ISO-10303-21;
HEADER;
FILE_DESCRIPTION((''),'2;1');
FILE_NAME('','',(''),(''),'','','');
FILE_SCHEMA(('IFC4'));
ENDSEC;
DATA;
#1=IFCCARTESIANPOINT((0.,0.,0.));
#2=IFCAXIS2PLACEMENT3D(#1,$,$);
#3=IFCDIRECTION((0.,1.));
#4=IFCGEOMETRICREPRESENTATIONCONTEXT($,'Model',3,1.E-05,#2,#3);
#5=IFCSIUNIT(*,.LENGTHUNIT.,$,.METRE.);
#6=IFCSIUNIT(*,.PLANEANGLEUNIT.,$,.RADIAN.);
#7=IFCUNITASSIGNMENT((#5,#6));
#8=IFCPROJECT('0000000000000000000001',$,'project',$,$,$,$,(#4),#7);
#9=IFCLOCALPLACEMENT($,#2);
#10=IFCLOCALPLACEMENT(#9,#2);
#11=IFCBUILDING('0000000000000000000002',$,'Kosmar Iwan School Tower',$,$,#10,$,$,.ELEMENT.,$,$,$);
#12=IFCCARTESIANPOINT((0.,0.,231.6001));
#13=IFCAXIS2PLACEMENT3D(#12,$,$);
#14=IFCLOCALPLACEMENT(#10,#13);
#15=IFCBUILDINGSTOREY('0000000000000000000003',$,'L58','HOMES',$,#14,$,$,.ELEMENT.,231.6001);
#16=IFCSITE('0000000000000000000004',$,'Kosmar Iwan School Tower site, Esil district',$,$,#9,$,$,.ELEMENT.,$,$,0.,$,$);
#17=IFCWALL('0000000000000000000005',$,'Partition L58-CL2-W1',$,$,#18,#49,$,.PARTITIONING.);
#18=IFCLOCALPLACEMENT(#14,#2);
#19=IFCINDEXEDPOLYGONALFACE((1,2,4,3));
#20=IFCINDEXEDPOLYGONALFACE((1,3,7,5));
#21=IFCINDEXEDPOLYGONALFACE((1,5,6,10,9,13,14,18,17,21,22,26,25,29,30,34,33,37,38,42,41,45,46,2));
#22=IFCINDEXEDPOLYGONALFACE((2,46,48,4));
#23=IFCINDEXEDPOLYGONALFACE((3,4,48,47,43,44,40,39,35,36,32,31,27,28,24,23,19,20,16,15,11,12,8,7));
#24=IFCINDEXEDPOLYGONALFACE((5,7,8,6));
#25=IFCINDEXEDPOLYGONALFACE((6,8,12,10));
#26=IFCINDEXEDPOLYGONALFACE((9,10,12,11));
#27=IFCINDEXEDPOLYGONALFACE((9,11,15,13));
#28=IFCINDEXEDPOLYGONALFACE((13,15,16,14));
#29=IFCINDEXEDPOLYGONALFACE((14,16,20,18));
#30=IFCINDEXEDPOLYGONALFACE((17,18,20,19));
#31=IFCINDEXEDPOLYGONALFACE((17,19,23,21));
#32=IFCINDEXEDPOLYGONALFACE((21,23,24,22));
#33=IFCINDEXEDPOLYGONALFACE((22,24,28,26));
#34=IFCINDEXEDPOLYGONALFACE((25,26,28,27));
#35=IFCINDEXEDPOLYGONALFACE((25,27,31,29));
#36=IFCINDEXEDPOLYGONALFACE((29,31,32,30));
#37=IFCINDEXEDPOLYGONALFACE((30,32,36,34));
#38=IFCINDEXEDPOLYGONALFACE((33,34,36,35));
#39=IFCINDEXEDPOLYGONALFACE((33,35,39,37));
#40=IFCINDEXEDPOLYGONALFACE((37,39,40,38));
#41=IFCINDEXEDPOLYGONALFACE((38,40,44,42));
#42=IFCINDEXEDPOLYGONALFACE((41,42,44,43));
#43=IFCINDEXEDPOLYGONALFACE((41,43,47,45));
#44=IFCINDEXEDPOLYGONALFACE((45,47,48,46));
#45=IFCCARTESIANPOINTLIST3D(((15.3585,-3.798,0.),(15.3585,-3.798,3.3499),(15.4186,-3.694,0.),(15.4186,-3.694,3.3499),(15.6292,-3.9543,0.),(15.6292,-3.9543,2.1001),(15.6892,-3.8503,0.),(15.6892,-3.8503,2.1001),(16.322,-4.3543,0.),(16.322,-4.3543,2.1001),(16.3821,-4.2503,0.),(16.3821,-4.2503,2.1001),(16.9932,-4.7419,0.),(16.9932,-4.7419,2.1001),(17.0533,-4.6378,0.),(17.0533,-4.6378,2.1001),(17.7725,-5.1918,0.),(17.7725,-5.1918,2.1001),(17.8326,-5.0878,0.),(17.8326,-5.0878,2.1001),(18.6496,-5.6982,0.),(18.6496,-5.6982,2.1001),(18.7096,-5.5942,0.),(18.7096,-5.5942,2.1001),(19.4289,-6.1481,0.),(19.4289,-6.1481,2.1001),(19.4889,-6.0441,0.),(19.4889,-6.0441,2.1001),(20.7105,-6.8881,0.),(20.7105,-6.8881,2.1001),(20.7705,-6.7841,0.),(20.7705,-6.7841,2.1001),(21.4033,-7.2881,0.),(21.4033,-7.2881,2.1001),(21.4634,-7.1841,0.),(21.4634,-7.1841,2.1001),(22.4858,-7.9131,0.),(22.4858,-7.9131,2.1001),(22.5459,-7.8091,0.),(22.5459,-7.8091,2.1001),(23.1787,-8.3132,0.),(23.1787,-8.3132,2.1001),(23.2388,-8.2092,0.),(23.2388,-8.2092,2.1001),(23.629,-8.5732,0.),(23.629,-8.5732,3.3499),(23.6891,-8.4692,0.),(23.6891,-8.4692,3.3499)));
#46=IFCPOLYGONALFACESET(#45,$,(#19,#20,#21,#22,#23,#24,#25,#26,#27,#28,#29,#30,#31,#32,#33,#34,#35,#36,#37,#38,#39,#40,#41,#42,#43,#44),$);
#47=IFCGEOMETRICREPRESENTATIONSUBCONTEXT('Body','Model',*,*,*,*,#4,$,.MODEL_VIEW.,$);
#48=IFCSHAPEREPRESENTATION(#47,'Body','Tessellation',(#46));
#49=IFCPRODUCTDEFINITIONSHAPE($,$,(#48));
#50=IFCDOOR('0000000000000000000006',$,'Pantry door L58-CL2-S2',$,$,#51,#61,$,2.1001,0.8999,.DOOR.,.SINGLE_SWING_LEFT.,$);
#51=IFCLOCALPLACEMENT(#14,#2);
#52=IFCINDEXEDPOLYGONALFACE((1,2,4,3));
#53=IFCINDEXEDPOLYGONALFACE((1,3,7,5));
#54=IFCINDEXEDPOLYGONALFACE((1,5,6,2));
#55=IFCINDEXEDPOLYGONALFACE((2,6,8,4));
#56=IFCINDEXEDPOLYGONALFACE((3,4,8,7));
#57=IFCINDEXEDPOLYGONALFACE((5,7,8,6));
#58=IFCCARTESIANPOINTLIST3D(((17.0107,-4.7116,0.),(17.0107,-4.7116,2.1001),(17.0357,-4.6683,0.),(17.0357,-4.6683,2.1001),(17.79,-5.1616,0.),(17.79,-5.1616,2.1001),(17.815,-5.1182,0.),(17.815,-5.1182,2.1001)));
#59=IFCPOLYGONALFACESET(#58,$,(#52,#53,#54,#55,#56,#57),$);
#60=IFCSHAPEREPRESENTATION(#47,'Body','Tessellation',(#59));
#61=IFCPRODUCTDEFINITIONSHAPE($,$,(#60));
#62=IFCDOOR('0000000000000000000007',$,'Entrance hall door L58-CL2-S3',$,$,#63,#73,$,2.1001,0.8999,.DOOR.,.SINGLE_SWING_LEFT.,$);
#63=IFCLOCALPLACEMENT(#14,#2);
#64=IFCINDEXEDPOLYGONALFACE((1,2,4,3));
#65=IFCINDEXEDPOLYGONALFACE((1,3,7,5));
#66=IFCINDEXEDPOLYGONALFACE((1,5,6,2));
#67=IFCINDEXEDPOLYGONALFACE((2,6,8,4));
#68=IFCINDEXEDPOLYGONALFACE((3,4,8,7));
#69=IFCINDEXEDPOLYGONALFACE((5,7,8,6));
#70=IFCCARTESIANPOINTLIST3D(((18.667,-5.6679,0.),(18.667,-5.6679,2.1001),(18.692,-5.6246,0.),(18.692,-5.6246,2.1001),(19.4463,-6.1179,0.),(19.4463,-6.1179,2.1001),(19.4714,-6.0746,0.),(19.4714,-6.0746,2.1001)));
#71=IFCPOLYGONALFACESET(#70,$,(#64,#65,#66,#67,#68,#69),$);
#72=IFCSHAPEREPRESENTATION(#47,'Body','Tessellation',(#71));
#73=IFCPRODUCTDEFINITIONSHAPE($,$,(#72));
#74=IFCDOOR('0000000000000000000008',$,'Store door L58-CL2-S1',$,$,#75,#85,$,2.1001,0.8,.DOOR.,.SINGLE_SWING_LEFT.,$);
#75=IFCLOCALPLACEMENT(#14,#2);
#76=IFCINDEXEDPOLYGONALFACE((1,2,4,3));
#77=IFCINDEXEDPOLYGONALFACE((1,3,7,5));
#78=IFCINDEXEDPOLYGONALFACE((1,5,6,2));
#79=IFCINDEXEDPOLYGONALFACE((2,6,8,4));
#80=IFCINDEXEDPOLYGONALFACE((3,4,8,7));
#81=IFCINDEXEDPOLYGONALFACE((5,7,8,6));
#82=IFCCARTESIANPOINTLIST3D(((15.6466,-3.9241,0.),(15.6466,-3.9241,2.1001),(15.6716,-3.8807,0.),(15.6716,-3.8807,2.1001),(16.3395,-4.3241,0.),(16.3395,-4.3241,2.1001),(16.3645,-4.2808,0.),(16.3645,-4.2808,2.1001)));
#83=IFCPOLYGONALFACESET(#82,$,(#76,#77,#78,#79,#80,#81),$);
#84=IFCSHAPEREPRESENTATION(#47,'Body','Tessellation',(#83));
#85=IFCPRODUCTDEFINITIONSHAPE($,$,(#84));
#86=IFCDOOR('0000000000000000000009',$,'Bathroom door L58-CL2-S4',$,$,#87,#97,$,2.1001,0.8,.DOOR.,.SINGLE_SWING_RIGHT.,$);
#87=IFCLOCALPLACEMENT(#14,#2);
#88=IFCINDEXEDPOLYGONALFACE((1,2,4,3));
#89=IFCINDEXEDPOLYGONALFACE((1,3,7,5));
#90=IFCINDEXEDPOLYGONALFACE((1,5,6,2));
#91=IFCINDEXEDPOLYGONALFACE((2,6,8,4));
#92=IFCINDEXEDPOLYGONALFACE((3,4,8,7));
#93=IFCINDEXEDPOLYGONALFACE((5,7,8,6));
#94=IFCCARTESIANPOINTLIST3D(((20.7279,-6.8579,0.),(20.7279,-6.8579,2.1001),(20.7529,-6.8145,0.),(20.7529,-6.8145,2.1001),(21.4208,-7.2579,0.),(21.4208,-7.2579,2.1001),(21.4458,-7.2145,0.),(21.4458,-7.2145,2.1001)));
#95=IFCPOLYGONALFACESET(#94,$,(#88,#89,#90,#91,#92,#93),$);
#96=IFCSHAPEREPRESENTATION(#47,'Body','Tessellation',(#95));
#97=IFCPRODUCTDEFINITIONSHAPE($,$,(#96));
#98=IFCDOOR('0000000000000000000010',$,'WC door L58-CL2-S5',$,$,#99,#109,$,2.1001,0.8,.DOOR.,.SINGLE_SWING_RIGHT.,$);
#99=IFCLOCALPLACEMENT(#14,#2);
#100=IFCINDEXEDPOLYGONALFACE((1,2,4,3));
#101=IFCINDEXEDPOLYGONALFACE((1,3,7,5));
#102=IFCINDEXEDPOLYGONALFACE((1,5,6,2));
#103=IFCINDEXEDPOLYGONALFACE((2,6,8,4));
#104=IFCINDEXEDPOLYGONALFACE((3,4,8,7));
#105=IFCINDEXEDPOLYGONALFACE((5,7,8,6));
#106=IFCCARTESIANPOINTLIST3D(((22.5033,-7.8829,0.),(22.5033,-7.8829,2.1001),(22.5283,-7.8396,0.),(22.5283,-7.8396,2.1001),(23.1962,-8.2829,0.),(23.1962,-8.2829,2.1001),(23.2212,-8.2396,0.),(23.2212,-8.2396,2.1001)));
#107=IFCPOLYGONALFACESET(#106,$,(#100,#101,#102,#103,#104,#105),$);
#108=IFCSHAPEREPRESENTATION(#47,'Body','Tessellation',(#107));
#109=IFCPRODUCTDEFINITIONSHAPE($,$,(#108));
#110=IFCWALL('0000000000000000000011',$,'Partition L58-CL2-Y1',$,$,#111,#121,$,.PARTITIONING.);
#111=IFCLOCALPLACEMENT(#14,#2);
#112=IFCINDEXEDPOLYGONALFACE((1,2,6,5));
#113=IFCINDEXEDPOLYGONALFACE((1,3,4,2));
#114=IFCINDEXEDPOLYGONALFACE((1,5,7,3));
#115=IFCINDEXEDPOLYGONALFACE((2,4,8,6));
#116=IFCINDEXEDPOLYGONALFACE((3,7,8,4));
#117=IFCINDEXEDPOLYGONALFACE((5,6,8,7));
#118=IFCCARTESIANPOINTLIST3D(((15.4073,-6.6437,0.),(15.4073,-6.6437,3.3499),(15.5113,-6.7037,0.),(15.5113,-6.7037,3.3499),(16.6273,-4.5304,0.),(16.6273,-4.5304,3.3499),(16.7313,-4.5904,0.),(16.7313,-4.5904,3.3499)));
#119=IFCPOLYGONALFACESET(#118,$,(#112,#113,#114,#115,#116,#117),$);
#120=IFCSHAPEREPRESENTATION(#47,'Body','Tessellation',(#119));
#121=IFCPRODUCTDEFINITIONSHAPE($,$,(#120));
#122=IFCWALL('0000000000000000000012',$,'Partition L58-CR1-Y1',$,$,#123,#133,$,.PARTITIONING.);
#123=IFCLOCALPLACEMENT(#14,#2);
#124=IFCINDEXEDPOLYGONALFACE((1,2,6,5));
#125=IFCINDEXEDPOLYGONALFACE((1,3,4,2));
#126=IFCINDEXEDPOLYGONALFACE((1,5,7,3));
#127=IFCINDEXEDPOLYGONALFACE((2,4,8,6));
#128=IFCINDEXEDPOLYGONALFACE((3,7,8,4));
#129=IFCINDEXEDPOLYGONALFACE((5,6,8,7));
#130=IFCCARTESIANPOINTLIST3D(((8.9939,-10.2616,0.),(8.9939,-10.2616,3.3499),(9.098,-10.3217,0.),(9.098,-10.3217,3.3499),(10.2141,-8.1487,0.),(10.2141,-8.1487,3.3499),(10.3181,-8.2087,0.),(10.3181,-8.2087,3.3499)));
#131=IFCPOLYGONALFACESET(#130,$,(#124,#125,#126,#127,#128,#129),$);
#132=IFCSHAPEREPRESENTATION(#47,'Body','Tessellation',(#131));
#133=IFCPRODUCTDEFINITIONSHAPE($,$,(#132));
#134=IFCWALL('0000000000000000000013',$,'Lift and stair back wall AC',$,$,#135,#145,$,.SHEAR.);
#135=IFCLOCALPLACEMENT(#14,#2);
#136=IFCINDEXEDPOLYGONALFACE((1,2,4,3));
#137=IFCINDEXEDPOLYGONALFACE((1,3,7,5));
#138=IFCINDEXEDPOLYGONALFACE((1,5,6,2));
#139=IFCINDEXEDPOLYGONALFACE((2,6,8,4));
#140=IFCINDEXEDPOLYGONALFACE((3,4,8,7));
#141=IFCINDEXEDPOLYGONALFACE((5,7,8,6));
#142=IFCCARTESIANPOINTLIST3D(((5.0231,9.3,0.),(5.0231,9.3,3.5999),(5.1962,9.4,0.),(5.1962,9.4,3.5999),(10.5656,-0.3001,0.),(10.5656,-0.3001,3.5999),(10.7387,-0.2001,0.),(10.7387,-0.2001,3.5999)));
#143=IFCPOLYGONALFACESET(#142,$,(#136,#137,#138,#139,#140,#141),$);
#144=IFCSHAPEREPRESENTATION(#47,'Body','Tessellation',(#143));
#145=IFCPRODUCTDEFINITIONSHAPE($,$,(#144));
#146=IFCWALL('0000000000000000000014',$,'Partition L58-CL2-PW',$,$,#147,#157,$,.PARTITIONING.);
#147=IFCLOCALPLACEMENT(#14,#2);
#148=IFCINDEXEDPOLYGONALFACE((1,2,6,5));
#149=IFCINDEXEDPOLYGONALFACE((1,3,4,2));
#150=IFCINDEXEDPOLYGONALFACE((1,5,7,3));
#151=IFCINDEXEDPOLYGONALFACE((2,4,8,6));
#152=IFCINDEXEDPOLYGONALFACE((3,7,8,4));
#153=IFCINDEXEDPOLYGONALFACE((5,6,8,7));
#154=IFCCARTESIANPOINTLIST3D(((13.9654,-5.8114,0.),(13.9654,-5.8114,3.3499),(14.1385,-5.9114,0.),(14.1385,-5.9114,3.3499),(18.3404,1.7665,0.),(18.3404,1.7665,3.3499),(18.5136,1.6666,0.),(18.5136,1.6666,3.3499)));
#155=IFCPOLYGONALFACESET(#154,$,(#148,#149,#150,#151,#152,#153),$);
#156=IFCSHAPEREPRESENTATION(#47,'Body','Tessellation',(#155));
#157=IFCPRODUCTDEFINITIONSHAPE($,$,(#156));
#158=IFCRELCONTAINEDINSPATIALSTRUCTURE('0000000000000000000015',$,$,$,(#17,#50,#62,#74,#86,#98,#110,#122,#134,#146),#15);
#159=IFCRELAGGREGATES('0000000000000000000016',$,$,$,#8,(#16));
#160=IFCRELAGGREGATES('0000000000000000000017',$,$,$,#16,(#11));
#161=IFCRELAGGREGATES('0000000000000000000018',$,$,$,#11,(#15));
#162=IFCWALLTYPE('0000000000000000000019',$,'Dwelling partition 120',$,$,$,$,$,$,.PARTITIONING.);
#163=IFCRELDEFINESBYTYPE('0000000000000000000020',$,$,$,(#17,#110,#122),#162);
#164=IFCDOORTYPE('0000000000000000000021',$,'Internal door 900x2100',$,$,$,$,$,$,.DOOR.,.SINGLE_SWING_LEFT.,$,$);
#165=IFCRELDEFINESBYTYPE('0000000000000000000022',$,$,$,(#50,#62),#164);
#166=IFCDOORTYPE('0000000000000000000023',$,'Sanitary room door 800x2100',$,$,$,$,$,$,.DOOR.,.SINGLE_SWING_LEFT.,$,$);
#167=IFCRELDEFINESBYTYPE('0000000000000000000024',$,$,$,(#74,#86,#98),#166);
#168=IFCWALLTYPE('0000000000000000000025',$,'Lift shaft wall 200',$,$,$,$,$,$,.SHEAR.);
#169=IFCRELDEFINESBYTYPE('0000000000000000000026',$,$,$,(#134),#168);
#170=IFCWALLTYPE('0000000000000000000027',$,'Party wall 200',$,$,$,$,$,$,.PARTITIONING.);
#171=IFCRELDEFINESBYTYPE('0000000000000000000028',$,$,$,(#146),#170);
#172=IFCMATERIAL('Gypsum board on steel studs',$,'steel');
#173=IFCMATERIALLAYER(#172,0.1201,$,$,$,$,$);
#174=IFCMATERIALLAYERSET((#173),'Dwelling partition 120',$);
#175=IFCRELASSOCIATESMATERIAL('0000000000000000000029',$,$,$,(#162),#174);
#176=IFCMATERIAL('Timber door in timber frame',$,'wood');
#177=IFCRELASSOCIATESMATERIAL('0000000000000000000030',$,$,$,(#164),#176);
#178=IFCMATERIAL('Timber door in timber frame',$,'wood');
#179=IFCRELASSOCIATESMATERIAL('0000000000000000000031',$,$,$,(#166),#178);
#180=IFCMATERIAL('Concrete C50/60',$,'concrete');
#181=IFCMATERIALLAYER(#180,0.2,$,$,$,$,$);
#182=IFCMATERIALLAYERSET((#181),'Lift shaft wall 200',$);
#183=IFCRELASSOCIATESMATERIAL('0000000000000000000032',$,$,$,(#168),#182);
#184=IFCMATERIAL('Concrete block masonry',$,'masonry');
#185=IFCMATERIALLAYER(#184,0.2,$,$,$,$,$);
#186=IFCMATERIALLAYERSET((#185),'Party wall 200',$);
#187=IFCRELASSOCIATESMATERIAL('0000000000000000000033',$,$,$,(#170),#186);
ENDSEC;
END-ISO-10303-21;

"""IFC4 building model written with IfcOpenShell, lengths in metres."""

from ifc_helpers import new_model, si_unit, direction, frame, frame_2d, origin, place, context, subcontext, project, spatial, rectangle, extrude, material, layer, layer_set, type_object, element, fill, save


model = new_model("IFC4")

# Units and contexts
model_context = context("Model", 3, precision=1e-05, world=origin(), true_north=direction((0.0, 1.0)))
body_context = subcontext(model_context, "Body", "Model", "MODEL_VIEW")
ifc_project = project(units=[si_unit("LENGTHUNIT", "METRE"), si_unit("PLANEANGLEUNIT", "RADIAN")], contexts=[model_context])

# Site, building, storey
site_placement = place(None, origin())
site = spatial("IfcSite", under=ifc_project, at=site_placement, Name="Kosmar Iwan School Tower site, Esil district", CompositionType="ELEMENT", RefElevation=0.0)
building_placement = place(site_placement, origin())
building = spatial("IfcBuilding", under=site, at=building_placement, Name="Kosmar Iwan School Tower", CompositionType="ELEMENT")
storey_placement = place(building_placement, frame((0.0, 0.0, 231.6001)))
storey = spatial("IfcBuildingStorey", under=building, at=storey_placement, Name="L58", Description="HOMES", CompositionType="ELEMENT", Elevation=231.6001)

# Shared definitions
ifc_material_1 = material(Name="Gypsum board on steel studs", Category="steel")
ifc_layer_1 = layer(ifc_material_1, 0.1201)
ifc_layer_set_1 = layer_set([ifc_layer_1], Name="Dwelling partition 120")
wall_type_1 = type_object("IfcWallType", Name="Dwelling partition 120", PredefinedType="PARTITIONING", material=ifc_layer_set_1)
ifc_material_2 = material(Name="Timber door in timber frame", Category="wood")
door_type_1 = type_object("IfcDoorType", Name="Internal door 900x2100", OperationType="SINGLE_SWING_LEFT", PredefinedType="DOOR", material=ifc_material_2)
ifc_material_3 = material(Name="Timber door in timber frame", Category="wood")
door_type_2 = type_object("IfcDoorType", Name="Sanitary room door 800x2100", OperationType="SINGLE_SWING_LEFT", PredefinedType="DOOR", material=ifc_material_3)

# Wall, openings, doors
wall_1_placement = place(storey_placement, frame((15.3887, -3.7461, 0.0), z_axis=(0.0, 0.0, 1.0), x_axis=(0.866018, -0.500013, 0.0)))
wall_1 = element("IfcWall", 1, at=wall_1_placement, inside=storey, type_object=wall_type_1, Name="Partition L58-CL2-W1", PredefinedType="PARTITIONING", context=body_context, shape_type="SweptSolid", body=[
    extrude(rectangle(XDim=9.55, YDim=0.1201, at=frame_2d((4.7749, 0.0))), origin(), (0.0, 0.0, 1.0), 3.3499),
])
opening_1_placement = place(wall_1_placement, frame((0.3125, 0.0, 0.0)))
opening_1 = element("IfcOpeningElement", 2, at=opening_1_placement, cuts=wall_1, PredefinedType="OPENING", context=body_context, shape_type="SweptSolid", body=[
    extrude(rectangle(XDim=0.8, YDim=2.1001, at=frame_2d((0.3999, 1.05))), frame((0.0, 0.072, 0.0), z_axis=(0.0, -1.0, 0.0), x_axis=(1.0, 0.0, 0.0)), (0.0, 0.0, 1.0), 0.144),
])
opening_2_placement = place(wall_1_placement, frame((1.8875, 0.0, 0.0)))
opening_2 = element("IfcOpeningElement", 3, at=opening_2_placement, cuts=wall_1, PredefinedType="OPENING", context=body_context, shape_type="SweptSolid", body=[
    extrude(rectangle(XDim=0.8999, YDim=2.1001, at=frame_2d((0.45, 1.05))), frame((0.0, 0.072, 0.0), z_axis=(0.0, -1.0, 0.0), x_axis=(1.0, 0.0, 0.0)), (0.0, 0.0, 1.0), 0.144),
])
opening_3_placement = place(wall_1_placement, frame((3.8, 0.0, 0.0)))
opening_3 = element("IfcOpeningElement", 4, at=opening_3_placement, cuts=wall_1, PredefinedType="OPENING", context=body_context, shape_type="SweptSolid", body=[
    extrude(rectangle(XDim=0.8999, YDim=2.1001, at=frame_2d((0.45, 1.05))), frame((0.0, 0.072, 0.0), z_axis=(0.0, -1.0, 0.0), x_axis=(1.0, 0.0, 0.0)), (0.0, 0.0, 1.0), 0.144),
])
opening_4_placement = place(wall_1_placement, frame((6.1799, 0.0, 0.0)))
opening_4 = element("IfcOpeningElement", 5, at=opening_4_placement, cuts=wall_1, PredefinedType="OPENING", context=body_context, shape_type="SweptSolid", body=[
    extrude(rectangle(XDim=0.8, YDim=2.1001, at=frame_2d((0.3999, 1.05))), frame((0.0, 0.072, 0.0), z_axis=(0.0, -1.0, 0.0), x_axis=(1.0, 0.0, 0.0)), (0.0, 0.0, 1.0), 0.144),
])
opening_5_placement = place(wall_1_placement, frame((8.23, 0.0, 0.0)))
opening_5 = element("IfcOpeningElement", 6, at=opening_5_placement, cuts=wall_1, PredefinedType="OPENING", context=body_context, shape_type="SweptSolid", body=[
    extrude(rectangle(XDim=0.8, YDim=2.1001, at=frame_2d((0.3999, 1.05))), frame((0.0, 0.072, 0.0), z_axis=(0.0, -1.0, 0.0), x_axis=(1.0, 0.0, 0.0)), (0.0, 0.0, 1.0), 0.144),
])
door_1_placement = place(opening_2_placement, origin())
door_1 = element("IfcDoor", 7, at=door_1_placement, inside=storey, type_object=door_type_1, Name="Pantry door L58-CL2-S2", OperationType="SINGLE_SWING_LEFT", OverallHeight=2.1001, OverallWidth=0.8999, PredefinedType="DOOR", context=body_context, shape_type="SweptSolid", body=[
    extrude(rectangle(XDim=0.8999, YDim=2.1001, at=frame_2d((0.45, 1.05))), frame((0.0, 0.0249, 0.0), z_axis=(0.0, -1.0, 0.0), x_axis=(1.0, 0.0, 0.0)), (0.0, 0.0, 1.0), 0.05),
])
fill(opening_2, door_1)
door_2_placement = place(opening_3_placement, origin())
door_2 = element("IfcDoor", 8, at=door_2_placement, inside=storey, type_object=door_type_1, Name="Entrance hall door L58-CL2-S3", OperationType="SINGLE_SWING_LEFT", OverallHeight=2.1001, OverallWidth=0.8999, PredefinedType="DOOR", context=body_context, shape_type="SweptSolid", body=[
    extrude(rectangle(XDim=0.8999, YDim=2.1001, at=frame_2d((0.45, 1.05))), frame((0.0, 0.0249, 0.0), z_axis=(0.0, -1.0, 0.0), x_axis=(1.0, 0.0, 0.0)), (0.0, 0.0, 1.0), 0.05),
])
fill(opening_3, door_2)
door_3_placement = place(opening_1_placement, origin())
door_3 = element("IfcDoor", 9, at=door_3_placement, inside=storey, type_object=door_type_2, Name="Store door L58-CL2-S1", OperationType="SINGLE_SWING_LEFT", OverallHeight=2.1001, OverallWidth=0.8, PredefinedType="DOOR", context=body_context, shape_type="SweptSolid", body=[
    extrude(rectangle(XDim=0.8, YDim=2.1001, at=frame_2d((0.3999, 1.05))), frame((0.0, 0.0249, 0.0), z_axis=(0.0, -1.0, 0.0), x_axis=(1.0, 0.0, 0.0)), (0.0, 0.0, 1.0), 0.05),
])
fill(opening_1, door_3)
door_4_placement = place(opening_4_placement, origin())
door_4 = element("IfcDoor", 10, at=door_4_placement, inside=storey, type_object=door_type_2, Name="Bathroom door L58-CL2-S4", OperationType="SINGLE_SWING_RIGHT", OverallHeight=2.1001, OverallWidth=0.8, PredefinedType="DOOR", context=body_context, shape_type="SweptSolid", body=[
    extrude(rectangle(XDim=0.8, YDim=2.1001, at=frame_2d((0.3999, 1.05))), frame((0.0, 0.0249, 0.0), z_axis=(0.0, -1.0, 0.0), x_axis=(1.0, 0.0, 0.0)), (0.0, 0.0, 1.0), 0.05),
])
fill(opening_4, door_4)
door_5_placement = place(opening_5_placement, origin())
door_5 = element("IfcDoor", 11, at=door_5_placement, inside=storey, type_object=door_type_2, Name="WC door L58-CL2-S5", OperationType="SINGLE_SWING_RIGHT", OverallHeight=2.1001, OverallWidth=0.8, PredefinedType="DOOR", context=body_context, shape_type="SweptSolid", body=[
    extrude(rectangle(XDim=0.8, YDim=2.1001, at=frame_2d((0.3999, 1.05))), frame((0.0, 0.0249, 0.0), z_axis=(0.0, -1.0, 0.0), x_axis=(1.0, 0.0, 0.0)), (0.0, 0.0, 1.0), 0.05),
])
fill(opening_5, door_5)

# Walls
wall_2_placement = place(storey_placement, frame((15.4592, -6.6738, 0.0), z_axis=(0.0, 0.0, 1.0), x_axis=(0.499959, 0.866049, 0.0)))
element("IfcWall", 12, at=wall_2_placement, inside=storey, type_object=wall_type_1, Name="Partition L58-CL2-Y1", PredefinedType="PARTITIONING", context=body_context, shape_type="SweptSolid", body=[
    extrude(rectangle(XDim=2.4402, YDim=0.1201, at=frame_2d((1.2202, 0.0))), origin(), (0.0, 0.0, 1.0), 3.3499),
])
wall_3_placement = place(storey_placement, frame((10.2661, -8.1787, 0.0), z_axis=(0.0, 0.0, 1.0), x_axis=(-0.500078, -0.865981, 0.0)))
element("IfcWall", 13, at=wall_3_placement, inside=storey, type_object=wall_type_1, Name="Partition L58-CR1-Y1", PredefinedType="PARTITIONING", context=body_context, shape_type="SweptSolid", body=[
    extrude(rectangle(XDim=2.4399, YDim=0.1201, at=frame_2d((1.22, 0.0))), origin(), (0.0, 0.0, 1.0), 3.3499),
])
ifc_material_4 = material(Name="Concrete C50/60", Category="concrete")
ifc_layer_2 = layer(ifc_material_4, 0.2)
ifc_layer_set_2 = layer_set([ifc_layer_2], Name="Lift shaft wall 200")
wall_type_2 = type_object("IfcWallType", Name="Lift shaft wall 200", PredefinedType="SHEAR", material=ifc_layer_set_2)
wall_4_placement = place(storey_placement, frame((10.6521, -0.25, 0.0), z_axis=(0.0, 0.0, 1.0), x_axis=(-0.499991, 0.866031, 0.0)))
element("IfcWall", 14, at=wall_4_placement, inside=storey, type_object=wall_type_2, Name="Lift and stair back wall AC", PredefinedType="SHEAR", context=body_context, shape_type="SweptSolid", body=[
    extrude(rectangle(XDim=11.0852, YDim=0.2, at=frame_2d((5.5425, 0.0))), origin(), (0.0, 0.0, 1.0), 3.5999),
])
ifc_material_5 = material(Name="Concrete block masonry", Category="masonry")
ifc_layer_3 = layer(ifc_material_5, 0.2)
ifc_layer_set_3 = layer_set([ifc_layer_3], Name="Party wall 200")
wall_type_3 = type_object("IfcWallType", Name="Party wall 200", PredefinedType="PARTITIONING", material=ifc_layer_set_3)
wall_5_placement = place(storey_placement, frame((14.052, -5.8613, 0.0), z_axis=(0.0, 0.0, 1.0), x_axis=(0.499992, 0.86603, 0.0)))
element("IfcWall", 15, at=wall_5_placement, inside=storey, type_object=wall_type_3, Name="Partition L58-CL2-PW", PredefinedType="PARTITIONING", context=body_context, shape_type="SweptSolid", body=[
    extrude(rectangle(XDim=8.7502, YDim=0.2, at=frame_2d((4.375, 0.0))), origin(), (0.0, 0.0, 1.0), 3.3499),
])

save(model, "model.ifc")
